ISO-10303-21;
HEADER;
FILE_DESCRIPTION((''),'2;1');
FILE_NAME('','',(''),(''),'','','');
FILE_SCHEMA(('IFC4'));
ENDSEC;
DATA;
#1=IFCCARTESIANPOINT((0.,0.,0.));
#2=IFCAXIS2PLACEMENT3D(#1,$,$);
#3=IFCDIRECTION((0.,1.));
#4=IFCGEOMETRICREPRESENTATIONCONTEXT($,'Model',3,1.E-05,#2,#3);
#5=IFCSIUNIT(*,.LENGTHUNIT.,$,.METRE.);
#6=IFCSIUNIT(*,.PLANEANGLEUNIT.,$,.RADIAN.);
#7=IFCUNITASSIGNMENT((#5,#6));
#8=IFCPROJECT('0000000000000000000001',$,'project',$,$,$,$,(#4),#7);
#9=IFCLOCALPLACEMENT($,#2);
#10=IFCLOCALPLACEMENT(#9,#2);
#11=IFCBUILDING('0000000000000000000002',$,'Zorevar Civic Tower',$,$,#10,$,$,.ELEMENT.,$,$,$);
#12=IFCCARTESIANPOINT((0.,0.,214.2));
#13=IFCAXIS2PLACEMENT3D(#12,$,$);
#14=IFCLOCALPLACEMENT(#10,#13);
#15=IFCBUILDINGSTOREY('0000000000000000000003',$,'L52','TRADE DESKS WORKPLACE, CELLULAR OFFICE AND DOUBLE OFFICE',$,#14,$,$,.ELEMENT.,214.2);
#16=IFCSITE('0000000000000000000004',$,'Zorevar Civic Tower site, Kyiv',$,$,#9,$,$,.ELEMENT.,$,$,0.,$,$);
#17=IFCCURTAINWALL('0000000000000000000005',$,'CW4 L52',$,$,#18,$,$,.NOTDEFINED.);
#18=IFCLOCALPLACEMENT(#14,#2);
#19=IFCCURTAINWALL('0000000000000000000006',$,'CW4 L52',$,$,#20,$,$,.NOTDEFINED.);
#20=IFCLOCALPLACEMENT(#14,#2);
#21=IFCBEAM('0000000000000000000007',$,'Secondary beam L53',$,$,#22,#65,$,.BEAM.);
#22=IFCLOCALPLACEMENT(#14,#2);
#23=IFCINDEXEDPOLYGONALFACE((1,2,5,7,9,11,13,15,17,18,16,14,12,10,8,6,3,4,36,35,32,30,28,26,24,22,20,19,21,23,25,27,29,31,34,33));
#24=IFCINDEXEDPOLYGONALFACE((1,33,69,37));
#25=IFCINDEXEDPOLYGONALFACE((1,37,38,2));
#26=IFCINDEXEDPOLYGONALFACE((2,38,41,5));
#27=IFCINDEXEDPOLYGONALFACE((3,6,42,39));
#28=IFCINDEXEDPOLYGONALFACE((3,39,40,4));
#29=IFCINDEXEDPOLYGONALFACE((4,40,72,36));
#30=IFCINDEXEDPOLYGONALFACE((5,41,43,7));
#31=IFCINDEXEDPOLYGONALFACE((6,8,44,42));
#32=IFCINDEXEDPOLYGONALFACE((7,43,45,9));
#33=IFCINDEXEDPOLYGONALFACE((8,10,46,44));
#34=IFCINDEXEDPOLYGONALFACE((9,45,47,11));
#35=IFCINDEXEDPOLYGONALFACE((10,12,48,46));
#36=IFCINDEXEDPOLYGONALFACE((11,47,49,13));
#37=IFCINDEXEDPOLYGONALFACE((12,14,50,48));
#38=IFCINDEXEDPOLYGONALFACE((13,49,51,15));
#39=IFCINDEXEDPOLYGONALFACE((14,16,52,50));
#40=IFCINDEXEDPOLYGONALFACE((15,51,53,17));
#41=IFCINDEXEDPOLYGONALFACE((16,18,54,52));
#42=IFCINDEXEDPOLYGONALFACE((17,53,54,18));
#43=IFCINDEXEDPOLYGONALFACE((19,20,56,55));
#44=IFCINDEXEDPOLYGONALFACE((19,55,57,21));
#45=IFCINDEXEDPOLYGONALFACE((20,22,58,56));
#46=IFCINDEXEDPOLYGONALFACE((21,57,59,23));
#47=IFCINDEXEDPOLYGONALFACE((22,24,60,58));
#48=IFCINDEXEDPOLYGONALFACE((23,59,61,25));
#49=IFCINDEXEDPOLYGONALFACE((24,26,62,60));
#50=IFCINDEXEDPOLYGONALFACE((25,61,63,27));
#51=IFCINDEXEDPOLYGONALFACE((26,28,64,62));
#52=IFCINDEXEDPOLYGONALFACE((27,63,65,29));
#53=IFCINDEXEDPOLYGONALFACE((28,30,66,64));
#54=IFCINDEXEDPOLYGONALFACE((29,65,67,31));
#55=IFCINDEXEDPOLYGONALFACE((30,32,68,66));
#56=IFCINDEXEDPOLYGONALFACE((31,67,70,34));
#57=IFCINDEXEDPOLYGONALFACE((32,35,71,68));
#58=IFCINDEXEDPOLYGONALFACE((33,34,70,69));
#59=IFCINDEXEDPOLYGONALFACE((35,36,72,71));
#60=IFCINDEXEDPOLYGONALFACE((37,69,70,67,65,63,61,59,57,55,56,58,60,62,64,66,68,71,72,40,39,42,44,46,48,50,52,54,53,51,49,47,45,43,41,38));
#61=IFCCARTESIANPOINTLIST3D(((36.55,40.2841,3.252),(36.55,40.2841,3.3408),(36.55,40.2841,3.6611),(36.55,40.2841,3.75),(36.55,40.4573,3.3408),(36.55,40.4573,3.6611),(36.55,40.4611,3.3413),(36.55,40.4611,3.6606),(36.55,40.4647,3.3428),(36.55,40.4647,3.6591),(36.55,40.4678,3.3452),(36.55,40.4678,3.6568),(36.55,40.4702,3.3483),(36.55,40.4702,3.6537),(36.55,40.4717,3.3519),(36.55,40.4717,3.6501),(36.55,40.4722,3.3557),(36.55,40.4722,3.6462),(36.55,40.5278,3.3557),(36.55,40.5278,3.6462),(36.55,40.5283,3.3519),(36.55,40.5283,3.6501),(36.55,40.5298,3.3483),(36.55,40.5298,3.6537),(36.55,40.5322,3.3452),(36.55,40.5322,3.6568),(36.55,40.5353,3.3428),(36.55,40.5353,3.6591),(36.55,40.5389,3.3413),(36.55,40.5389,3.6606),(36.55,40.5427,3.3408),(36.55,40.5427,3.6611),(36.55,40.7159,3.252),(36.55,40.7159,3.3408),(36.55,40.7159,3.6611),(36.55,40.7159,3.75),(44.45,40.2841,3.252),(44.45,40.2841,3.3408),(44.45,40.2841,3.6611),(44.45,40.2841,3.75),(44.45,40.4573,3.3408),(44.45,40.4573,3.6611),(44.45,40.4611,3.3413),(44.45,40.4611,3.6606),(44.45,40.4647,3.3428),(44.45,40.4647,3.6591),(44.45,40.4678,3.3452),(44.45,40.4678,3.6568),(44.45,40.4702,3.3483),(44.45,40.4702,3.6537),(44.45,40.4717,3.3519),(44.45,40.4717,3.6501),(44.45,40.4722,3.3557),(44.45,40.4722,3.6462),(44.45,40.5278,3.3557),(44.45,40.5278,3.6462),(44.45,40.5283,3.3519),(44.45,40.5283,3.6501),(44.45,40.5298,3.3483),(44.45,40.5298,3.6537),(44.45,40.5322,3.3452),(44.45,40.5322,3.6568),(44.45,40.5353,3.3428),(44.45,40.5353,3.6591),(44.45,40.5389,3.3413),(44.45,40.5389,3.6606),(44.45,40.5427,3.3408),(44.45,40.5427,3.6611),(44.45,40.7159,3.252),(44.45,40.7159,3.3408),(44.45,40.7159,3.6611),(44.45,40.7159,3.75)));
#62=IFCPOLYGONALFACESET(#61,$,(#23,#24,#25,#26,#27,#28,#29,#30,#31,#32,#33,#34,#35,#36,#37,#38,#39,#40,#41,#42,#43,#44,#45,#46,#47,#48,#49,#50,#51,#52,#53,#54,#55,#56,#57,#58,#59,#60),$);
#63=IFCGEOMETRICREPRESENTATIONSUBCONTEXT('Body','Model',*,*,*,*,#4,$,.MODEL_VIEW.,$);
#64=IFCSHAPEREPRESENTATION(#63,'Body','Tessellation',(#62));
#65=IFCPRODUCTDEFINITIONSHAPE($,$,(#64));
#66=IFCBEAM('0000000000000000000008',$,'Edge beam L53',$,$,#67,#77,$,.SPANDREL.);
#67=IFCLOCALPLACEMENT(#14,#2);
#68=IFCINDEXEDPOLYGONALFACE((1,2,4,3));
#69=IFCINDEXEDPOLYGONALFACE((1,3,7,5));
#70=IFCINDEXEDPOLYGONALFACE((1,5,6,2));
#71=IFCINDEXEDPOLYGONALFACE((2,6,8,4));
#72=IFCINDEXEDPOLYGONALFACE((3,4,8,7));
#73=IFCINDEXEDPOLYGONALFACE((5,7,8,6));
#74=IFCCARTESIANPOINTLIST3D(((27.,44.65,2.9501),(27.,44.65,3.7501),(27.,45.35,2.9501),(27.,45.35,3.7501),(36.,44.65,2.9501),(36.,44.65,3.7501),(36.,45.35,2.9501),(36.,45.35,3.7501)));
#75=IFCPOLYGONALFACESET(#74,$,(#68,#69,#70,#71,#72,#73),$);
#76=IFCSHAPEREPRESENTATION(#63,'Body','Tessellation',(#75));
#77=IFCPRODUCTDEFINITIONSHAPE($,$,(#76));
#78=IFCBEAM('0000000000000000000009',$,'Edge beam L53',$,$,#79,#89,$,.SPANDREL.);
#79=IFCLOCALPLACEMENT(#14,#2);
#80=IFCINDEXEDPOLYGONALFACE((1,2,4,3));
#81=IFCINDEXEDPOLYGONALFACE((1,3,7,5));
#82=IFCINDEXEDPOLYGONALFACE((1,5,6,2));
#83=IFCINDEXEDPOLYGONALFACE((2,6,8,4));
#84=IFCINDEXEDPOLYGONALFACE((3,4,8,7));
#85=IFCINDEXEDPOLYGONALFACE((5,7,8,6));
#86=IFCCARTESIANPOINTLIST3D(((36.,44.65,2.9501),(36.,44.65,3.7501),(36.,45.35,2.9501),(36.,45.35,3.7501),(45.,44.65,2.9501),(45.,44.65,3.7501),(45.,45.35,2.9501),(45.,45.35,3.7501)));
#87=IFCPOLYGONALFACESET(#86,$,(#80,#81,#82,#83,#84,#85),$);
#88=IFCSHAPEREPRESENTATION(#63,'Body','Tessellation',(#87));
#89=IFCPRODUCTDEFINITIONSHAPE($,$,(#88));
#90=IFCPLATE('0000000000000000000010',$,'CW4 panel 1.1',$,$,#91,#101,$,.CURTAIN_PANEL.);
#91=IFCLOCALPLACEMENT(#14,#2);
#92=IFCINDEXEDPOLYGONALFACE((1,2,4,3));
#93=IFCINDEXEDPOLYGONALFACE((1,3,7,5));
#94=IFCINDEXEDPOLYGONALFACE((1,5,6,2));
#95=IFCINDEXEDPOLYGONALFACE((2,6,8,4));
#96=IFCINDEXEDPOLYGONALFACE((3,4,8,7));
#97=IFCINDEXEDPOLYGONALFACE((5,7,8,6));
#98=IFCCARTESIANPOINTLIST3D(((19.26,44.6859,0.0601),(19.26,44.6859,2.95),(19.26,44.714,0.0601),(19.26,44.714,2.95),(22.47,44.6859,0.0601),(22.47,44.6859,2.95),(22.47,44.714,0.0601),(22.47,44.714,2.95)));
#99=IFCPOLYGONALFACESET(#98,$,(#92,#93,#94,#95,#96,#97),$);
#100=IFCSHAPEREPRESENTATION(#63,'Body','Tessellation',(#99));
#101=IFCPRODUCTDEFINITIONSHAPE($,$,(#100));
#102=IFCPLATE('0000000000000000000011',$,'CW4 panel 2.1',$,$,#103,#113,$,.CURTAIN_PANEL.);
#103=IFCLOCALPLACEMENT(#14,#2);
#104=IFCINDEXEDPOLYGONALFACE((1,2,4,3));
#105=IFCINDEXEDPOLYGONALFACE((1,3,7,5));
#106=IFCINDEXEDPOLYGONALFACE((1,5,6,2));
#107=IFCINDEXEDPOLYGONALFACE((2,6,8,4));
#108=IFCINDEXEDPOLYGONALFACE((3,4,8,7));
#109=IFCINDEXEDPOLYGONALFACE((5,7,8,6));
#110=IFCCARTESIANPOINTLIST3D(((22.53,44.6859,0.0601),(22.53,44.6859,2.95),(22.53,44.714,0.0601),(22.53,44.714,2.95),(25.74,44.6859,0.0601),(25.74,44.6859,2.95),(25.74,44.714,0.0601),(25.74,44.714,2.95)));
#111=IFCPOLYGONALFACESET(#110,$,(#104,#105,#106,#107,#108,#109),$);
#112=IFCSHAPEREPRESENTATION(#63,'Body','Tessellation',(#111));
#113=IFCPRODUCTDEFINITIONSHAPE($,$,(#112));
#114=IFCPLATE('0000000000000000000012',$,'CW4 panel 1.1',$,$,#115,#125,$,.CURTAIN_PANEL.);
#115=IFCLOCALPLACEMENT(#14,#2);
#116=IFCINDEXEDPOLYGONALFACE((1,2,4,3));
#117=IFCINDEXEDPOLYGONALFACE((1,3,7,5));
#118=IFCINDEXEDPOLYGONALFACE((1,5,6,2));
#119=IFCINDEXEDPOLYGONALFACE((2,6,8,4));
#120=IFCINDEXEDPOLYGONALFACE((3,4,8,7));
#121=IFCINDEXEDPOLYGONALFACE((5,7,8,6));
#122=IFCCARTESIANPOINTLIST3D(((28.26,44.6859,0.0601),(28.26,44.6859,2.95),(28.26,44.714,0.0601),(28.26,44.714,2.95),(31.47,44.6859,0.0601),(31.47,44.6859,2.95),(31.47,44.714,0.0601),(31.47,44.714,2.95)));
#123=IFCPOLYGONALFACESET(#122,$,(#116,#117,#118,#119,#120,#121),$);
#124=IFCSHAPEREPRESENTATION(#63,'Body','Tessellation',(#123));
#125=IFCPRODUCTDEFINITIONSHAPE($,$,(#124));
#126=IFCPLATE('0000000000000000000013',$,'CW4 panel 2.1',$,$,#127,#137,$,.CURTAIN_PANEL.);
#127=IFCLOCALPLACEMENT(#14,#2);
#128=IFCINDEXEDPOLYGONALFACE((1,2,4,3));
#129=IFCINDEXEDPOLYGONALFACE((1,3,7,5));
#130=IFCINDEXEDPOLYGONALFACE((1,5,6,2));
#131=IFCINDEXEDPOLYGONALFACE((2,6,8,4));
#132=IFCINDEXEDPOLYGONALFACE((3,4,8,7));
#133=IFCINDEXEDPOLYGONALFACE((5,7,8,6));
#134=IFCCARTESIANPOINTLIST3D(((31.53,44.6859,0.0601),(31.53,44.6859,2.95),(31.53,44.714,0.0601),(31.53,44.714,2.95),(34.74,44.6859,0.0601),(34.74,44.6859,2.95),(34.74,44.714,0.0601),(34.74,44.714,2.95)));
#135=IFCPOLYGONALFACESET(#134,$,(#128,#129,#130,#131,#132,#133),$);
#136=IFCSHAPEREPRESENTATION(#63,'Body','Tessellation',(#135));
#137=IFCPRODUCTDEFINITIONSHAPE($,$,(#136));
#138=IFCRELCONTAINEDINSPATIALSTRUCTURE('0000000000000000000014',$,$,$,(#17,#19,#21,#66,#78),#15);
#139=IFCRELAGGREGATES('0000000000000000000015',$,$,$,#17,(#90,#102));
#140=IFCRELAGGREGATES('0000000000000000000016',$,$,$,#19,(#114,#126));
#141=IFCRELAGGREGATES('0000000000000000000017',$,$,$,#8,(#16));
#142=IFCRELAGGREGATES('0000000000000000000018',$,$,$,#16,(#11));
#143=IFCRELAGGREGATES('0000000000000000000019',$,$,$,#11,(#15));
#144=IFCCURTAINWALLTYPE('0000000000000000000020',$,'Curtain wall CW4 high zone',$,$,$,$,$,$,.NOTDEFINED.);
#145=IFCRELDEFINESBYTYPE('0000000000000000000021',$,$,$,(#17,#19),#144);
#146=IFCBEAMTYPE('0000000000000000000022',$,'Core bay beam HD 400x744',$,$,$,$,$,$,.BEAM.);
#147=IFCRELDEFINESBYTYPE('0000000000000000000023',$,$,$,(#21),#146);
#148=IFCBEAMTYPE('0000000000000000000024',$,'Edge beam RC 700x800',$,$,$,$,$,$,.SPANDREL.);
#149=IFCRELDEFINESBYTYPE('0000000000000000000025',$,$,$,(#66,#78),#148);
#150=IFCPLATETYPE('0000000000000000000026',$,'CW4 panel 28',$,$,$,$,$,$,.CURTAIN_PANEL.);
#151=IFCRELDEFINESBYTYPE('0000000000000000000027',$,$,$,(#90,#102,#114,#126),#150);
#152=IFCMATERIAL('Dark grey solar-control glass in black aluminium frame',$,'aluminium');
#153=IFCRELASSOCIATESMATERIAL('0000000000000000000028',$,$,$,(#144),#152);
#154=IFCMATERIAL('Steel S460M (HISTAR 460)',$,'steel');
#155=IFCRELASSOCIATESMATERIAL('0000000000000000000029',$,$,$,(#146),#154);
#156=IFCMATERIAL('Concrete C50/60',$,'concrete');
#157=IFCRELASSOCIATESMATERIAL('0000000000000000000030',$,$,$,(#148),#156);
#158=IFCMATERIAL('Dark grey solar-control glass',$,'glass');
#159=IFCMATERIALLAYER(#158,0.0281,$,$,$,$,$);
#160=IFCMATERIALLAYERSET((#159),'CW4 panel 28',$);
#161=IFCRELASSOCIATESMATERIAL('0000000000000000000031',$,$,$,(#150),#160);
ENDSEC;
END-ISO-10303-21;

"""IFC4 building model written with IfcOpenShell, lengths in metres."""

from ifc_helpers import new_model, si_unit, direction, frame, origin, origin_2d, place, context, subcontext, project, spatial, rectangle, i_section, extrude, material, layer, layer_set, material_profile, profile_set, type_object, element, aggregate, save


model = new_model("IFC4")

# Units and contexts
model_context = context("Model", 3, precision=1e-05, world=origin(), true_north=direction((0.0, 1.0)))
body_context = subcontext(model_context, "Body", "Model", "MODEL_VIEW")
ifc_project = project(units=[si_unit("LENGTHUNIT", "METRE"), si_unit("PLANEANGLEUNIT", "RADIAN")], contexts=[model_context])

# Site, building, storey
site_placement = place(None, origin())
site = spatial("IfcSite", under=ifc_project, at=site_placement, Name="Zorevar Civic Tower site, Kyiv", CompositionType="ELEMENT", RefElevation=0.0)
building_placement = place(site_placement, origin())
building = spatial("IfcBuilding", under=site, at=building_placement, Name="Zorevar Civic Tower", CompositionType="ELEMENT")
storey_placement = place(building_placement, frame((0.0, 0.0, 214.2)))
storey = spatial("IfcBuildingStorey", under=building, at=storey_placement, Name="L52", Description="TRADE DESKS WORKPLACE, CELLULAR OFFICE AND DOUBLE OFFICE", CompositionType="ELEMENT", Elevation=214.2)

# Curtain walls
ifc_material_1 = material(Name="Dark grey solar-control glass in black aluminium frame", Category="aluminium")
curtain_wall_type = type_object("IfcCurtainWallType", Name="Curtain wall CW4 high zone", PredefinedType="NOTDEFINED", material=ifc_material_1)
curtain_wall_1_placement = place(storey_placement, origin())
curtain_wall_1 = element("IfcCurtainWall", 1, at=curtain_wall_1_placement, inside=storey, type_object=curtain_wall_type, Name="CW4 L52", PredefinedType="NOTDEFINED")
curtain_wall_2_placement = place(storey_placement, origin())
curtain_wall_2 = element("IfcCurtainWall", 2, at=curtain_wall_2_placement, inside=storey, type_object=curtain_wall_type, Name="CW4 L52", PredefinedType="NOTDEFINED")

# Beams
ifc_material_2 = material(Name="Steel S460M (HISTAR 460)", Category="steel")
ifc_material_profile_1 = material_profile(ifc_material_2, i_section(OverallWidth=0.4319, OverallDepth=0.498, WebThickness=0.0557, FlangeThickness=0.0889, FilletRadius=0.0149, at=origin_2d()), Name="HD 400x744")
ifc_profile_set_1 = profile_set([ifc_material_profile_1], Name="Steel S460M (HISTAR 460)")
beam_type_1 = type_object("IfcBeamType", Name="Core bay beam HD 400x744", PredefinedType="BEAM", material=ifc_profile_set_1)
beam_placement = place(storey_placement, frame((36.55, 40.5, 3.501), z_axis=(1.0, 0.0, 0.0), x_axis=(0.0, 1.0, 0.0)))
element("IfcBeam", 3, at=beam_placement, inside=storey, type_object=beam_type_1, Name="Secondary beam L53", PredefinedType="BEAM", context=body_context, shape_type="SweptSolid", body=[
    extrude(i_section(OverallWidth=0.4319, OverallDepth=0.498, WebThickness=0.0557, FlangeThickness=0.0889, FilletRadius=0.0149, at=origin_2d()), origin(), (0.0, 0.0, 1.0), 7.8999),
])
ifc_material_3 = material(Name="Concrete C50/60", Category="concrete")
ifc_material_profile_2 = material_profile(ifc_material_3, rectangle(XDim=0.7, YDim=0.8, at=origin_2d()), Name="RC 700x800")
ifc_profile_set_2 = profile_set([ifc_material_profile_2], Name="Concrete C50/60")
beam_type_2 = type_object("IfcBeamType", Name="Edge beam RC 700x800", PredefinedType="SPANDREL", material=ifc_profile_set_2)
for number, where, z_axis, x_axis, name in (
    (4, (27.0, 45.0, 3.3501), (1.0, 0.0, 0.0), (0.0, 1.0, 0.0), "Edge beam L53"),
    (5, (36.0, 45.0, 3.3501), (1.0, 0.0, 0.0), (0.0, 1.0, 0.0), "Edge beam L53"),
):
    element("IfcBeam", number, at=place(storey_placement, frame(where, z_axis=z_axis, x_axis=x_axis)), inside=storey, type_object=beam_type_2, Name=name, PredefinedType="SPANDREL", context=body_context, shape_type="SweptSolid", body=[
        extrude(rectangle(XDim=0.7, YDim=0.8, at=origin_2d()), origin(), (0.0, 0.0, 1.0), 9.0),
    ])

# Plates
ifc_material_4 = material(Name="Dark grey solar-control glass", Category="glass")
ifc_layer_1 = layer(ifc_material_4, 0.0281)
ifc_layer_set_1 = layer_set([ifc_layer_1], Name="CW4 panel 28")
plate_type = type_object("IfcPlateType", Name="CW4 panel 28", PredefinedType="CURTAIN_PANEL", material=ifc_layer_set_1)
plate_1_placement = place(storey_placement, frame((20.865, 44.7, 0.0601), z_axis=(0.0, 0.0, 1.0), x_axis=(1.0, 0.0, 0.0)))
plate_1 = element("IfcPlate", 6, at=plate_1_placement, type_object=plate_type, Name="CW4 panel 1.1", PredefinedType="CURTAIN_PANEL", context=body_context, shape_type="SweptSolid", body=[
    extrude(rectangle(XDim=3.21, YDim=0.0281, at=origin_2d()), origin(), (0.0, 0.0, 1.0), 2.8899),
])
plate_2_placement = place(storey_placement, frame((24.135, 44.7, 0.0601), z_axis=(0.0, 0.0, 1.0), x_axis=(1.0, 0.0, 0.0)))
plate_2 = element("IfcPlate", 7, at=plate_2_placement, type_object=plate_type, Name="CW4 panel 2.1", PredefinedType="CURTAIN_PANEL", context=body_context, shape_type="SweptSolid", body=[
    extrude(rectangle(XDim=3.21, YDim=0.0281, at=origin_2d()), origin(), (0.0, 0.0, 1.0), 2.8899),
])
aggregate(curtain_wall_1, [plate_1, plate_2])
plate_3_placement = place(storey_placement, frame((29.865, 44.7, 0.0601), z_axis=(0.0, 0.0, 1.0), x_axis=(1.0, 0.0, 0.0)))
plate_3 = element("IfcPlate", 8, at=plate_3_placement, type_object=plate_type, Name="CW4 panel 1.1", PredefinedType="CURTAIN_PANEL", context=body_context, shape_type="SweptSolid", body=[
    extrude(rectangle(XDim=3.21, YDim=0.0281, at=origin_2d()), origin(), (0.0, 0.0, 1.0), 2.8899),
])
plate_4_placement = place(storey_placement, frame((33.135, 44.7, 0.0601), z_axis=(0.0, 0.0, 1.0), x_axis=(1.0, 0.0, 0.0)))
plate_4 = element("IfcPlate", 9, at=plate_4_placement, type_object=plate_type, Name="CW4 panel 2.1", PredefinedType="CURTAIN_PANEL", context=body_context, shape_type="SweptSolid", body=[
    extrude(rectangle(XDim=3.21, YDim=0.0281, at=origin_2d()), origin(), (0.0, 0.0, 1.0), 2.8899),
])
aggregate(curtain_wall_2, [plate_3, plate_4])

save(model, "model.ifc")
